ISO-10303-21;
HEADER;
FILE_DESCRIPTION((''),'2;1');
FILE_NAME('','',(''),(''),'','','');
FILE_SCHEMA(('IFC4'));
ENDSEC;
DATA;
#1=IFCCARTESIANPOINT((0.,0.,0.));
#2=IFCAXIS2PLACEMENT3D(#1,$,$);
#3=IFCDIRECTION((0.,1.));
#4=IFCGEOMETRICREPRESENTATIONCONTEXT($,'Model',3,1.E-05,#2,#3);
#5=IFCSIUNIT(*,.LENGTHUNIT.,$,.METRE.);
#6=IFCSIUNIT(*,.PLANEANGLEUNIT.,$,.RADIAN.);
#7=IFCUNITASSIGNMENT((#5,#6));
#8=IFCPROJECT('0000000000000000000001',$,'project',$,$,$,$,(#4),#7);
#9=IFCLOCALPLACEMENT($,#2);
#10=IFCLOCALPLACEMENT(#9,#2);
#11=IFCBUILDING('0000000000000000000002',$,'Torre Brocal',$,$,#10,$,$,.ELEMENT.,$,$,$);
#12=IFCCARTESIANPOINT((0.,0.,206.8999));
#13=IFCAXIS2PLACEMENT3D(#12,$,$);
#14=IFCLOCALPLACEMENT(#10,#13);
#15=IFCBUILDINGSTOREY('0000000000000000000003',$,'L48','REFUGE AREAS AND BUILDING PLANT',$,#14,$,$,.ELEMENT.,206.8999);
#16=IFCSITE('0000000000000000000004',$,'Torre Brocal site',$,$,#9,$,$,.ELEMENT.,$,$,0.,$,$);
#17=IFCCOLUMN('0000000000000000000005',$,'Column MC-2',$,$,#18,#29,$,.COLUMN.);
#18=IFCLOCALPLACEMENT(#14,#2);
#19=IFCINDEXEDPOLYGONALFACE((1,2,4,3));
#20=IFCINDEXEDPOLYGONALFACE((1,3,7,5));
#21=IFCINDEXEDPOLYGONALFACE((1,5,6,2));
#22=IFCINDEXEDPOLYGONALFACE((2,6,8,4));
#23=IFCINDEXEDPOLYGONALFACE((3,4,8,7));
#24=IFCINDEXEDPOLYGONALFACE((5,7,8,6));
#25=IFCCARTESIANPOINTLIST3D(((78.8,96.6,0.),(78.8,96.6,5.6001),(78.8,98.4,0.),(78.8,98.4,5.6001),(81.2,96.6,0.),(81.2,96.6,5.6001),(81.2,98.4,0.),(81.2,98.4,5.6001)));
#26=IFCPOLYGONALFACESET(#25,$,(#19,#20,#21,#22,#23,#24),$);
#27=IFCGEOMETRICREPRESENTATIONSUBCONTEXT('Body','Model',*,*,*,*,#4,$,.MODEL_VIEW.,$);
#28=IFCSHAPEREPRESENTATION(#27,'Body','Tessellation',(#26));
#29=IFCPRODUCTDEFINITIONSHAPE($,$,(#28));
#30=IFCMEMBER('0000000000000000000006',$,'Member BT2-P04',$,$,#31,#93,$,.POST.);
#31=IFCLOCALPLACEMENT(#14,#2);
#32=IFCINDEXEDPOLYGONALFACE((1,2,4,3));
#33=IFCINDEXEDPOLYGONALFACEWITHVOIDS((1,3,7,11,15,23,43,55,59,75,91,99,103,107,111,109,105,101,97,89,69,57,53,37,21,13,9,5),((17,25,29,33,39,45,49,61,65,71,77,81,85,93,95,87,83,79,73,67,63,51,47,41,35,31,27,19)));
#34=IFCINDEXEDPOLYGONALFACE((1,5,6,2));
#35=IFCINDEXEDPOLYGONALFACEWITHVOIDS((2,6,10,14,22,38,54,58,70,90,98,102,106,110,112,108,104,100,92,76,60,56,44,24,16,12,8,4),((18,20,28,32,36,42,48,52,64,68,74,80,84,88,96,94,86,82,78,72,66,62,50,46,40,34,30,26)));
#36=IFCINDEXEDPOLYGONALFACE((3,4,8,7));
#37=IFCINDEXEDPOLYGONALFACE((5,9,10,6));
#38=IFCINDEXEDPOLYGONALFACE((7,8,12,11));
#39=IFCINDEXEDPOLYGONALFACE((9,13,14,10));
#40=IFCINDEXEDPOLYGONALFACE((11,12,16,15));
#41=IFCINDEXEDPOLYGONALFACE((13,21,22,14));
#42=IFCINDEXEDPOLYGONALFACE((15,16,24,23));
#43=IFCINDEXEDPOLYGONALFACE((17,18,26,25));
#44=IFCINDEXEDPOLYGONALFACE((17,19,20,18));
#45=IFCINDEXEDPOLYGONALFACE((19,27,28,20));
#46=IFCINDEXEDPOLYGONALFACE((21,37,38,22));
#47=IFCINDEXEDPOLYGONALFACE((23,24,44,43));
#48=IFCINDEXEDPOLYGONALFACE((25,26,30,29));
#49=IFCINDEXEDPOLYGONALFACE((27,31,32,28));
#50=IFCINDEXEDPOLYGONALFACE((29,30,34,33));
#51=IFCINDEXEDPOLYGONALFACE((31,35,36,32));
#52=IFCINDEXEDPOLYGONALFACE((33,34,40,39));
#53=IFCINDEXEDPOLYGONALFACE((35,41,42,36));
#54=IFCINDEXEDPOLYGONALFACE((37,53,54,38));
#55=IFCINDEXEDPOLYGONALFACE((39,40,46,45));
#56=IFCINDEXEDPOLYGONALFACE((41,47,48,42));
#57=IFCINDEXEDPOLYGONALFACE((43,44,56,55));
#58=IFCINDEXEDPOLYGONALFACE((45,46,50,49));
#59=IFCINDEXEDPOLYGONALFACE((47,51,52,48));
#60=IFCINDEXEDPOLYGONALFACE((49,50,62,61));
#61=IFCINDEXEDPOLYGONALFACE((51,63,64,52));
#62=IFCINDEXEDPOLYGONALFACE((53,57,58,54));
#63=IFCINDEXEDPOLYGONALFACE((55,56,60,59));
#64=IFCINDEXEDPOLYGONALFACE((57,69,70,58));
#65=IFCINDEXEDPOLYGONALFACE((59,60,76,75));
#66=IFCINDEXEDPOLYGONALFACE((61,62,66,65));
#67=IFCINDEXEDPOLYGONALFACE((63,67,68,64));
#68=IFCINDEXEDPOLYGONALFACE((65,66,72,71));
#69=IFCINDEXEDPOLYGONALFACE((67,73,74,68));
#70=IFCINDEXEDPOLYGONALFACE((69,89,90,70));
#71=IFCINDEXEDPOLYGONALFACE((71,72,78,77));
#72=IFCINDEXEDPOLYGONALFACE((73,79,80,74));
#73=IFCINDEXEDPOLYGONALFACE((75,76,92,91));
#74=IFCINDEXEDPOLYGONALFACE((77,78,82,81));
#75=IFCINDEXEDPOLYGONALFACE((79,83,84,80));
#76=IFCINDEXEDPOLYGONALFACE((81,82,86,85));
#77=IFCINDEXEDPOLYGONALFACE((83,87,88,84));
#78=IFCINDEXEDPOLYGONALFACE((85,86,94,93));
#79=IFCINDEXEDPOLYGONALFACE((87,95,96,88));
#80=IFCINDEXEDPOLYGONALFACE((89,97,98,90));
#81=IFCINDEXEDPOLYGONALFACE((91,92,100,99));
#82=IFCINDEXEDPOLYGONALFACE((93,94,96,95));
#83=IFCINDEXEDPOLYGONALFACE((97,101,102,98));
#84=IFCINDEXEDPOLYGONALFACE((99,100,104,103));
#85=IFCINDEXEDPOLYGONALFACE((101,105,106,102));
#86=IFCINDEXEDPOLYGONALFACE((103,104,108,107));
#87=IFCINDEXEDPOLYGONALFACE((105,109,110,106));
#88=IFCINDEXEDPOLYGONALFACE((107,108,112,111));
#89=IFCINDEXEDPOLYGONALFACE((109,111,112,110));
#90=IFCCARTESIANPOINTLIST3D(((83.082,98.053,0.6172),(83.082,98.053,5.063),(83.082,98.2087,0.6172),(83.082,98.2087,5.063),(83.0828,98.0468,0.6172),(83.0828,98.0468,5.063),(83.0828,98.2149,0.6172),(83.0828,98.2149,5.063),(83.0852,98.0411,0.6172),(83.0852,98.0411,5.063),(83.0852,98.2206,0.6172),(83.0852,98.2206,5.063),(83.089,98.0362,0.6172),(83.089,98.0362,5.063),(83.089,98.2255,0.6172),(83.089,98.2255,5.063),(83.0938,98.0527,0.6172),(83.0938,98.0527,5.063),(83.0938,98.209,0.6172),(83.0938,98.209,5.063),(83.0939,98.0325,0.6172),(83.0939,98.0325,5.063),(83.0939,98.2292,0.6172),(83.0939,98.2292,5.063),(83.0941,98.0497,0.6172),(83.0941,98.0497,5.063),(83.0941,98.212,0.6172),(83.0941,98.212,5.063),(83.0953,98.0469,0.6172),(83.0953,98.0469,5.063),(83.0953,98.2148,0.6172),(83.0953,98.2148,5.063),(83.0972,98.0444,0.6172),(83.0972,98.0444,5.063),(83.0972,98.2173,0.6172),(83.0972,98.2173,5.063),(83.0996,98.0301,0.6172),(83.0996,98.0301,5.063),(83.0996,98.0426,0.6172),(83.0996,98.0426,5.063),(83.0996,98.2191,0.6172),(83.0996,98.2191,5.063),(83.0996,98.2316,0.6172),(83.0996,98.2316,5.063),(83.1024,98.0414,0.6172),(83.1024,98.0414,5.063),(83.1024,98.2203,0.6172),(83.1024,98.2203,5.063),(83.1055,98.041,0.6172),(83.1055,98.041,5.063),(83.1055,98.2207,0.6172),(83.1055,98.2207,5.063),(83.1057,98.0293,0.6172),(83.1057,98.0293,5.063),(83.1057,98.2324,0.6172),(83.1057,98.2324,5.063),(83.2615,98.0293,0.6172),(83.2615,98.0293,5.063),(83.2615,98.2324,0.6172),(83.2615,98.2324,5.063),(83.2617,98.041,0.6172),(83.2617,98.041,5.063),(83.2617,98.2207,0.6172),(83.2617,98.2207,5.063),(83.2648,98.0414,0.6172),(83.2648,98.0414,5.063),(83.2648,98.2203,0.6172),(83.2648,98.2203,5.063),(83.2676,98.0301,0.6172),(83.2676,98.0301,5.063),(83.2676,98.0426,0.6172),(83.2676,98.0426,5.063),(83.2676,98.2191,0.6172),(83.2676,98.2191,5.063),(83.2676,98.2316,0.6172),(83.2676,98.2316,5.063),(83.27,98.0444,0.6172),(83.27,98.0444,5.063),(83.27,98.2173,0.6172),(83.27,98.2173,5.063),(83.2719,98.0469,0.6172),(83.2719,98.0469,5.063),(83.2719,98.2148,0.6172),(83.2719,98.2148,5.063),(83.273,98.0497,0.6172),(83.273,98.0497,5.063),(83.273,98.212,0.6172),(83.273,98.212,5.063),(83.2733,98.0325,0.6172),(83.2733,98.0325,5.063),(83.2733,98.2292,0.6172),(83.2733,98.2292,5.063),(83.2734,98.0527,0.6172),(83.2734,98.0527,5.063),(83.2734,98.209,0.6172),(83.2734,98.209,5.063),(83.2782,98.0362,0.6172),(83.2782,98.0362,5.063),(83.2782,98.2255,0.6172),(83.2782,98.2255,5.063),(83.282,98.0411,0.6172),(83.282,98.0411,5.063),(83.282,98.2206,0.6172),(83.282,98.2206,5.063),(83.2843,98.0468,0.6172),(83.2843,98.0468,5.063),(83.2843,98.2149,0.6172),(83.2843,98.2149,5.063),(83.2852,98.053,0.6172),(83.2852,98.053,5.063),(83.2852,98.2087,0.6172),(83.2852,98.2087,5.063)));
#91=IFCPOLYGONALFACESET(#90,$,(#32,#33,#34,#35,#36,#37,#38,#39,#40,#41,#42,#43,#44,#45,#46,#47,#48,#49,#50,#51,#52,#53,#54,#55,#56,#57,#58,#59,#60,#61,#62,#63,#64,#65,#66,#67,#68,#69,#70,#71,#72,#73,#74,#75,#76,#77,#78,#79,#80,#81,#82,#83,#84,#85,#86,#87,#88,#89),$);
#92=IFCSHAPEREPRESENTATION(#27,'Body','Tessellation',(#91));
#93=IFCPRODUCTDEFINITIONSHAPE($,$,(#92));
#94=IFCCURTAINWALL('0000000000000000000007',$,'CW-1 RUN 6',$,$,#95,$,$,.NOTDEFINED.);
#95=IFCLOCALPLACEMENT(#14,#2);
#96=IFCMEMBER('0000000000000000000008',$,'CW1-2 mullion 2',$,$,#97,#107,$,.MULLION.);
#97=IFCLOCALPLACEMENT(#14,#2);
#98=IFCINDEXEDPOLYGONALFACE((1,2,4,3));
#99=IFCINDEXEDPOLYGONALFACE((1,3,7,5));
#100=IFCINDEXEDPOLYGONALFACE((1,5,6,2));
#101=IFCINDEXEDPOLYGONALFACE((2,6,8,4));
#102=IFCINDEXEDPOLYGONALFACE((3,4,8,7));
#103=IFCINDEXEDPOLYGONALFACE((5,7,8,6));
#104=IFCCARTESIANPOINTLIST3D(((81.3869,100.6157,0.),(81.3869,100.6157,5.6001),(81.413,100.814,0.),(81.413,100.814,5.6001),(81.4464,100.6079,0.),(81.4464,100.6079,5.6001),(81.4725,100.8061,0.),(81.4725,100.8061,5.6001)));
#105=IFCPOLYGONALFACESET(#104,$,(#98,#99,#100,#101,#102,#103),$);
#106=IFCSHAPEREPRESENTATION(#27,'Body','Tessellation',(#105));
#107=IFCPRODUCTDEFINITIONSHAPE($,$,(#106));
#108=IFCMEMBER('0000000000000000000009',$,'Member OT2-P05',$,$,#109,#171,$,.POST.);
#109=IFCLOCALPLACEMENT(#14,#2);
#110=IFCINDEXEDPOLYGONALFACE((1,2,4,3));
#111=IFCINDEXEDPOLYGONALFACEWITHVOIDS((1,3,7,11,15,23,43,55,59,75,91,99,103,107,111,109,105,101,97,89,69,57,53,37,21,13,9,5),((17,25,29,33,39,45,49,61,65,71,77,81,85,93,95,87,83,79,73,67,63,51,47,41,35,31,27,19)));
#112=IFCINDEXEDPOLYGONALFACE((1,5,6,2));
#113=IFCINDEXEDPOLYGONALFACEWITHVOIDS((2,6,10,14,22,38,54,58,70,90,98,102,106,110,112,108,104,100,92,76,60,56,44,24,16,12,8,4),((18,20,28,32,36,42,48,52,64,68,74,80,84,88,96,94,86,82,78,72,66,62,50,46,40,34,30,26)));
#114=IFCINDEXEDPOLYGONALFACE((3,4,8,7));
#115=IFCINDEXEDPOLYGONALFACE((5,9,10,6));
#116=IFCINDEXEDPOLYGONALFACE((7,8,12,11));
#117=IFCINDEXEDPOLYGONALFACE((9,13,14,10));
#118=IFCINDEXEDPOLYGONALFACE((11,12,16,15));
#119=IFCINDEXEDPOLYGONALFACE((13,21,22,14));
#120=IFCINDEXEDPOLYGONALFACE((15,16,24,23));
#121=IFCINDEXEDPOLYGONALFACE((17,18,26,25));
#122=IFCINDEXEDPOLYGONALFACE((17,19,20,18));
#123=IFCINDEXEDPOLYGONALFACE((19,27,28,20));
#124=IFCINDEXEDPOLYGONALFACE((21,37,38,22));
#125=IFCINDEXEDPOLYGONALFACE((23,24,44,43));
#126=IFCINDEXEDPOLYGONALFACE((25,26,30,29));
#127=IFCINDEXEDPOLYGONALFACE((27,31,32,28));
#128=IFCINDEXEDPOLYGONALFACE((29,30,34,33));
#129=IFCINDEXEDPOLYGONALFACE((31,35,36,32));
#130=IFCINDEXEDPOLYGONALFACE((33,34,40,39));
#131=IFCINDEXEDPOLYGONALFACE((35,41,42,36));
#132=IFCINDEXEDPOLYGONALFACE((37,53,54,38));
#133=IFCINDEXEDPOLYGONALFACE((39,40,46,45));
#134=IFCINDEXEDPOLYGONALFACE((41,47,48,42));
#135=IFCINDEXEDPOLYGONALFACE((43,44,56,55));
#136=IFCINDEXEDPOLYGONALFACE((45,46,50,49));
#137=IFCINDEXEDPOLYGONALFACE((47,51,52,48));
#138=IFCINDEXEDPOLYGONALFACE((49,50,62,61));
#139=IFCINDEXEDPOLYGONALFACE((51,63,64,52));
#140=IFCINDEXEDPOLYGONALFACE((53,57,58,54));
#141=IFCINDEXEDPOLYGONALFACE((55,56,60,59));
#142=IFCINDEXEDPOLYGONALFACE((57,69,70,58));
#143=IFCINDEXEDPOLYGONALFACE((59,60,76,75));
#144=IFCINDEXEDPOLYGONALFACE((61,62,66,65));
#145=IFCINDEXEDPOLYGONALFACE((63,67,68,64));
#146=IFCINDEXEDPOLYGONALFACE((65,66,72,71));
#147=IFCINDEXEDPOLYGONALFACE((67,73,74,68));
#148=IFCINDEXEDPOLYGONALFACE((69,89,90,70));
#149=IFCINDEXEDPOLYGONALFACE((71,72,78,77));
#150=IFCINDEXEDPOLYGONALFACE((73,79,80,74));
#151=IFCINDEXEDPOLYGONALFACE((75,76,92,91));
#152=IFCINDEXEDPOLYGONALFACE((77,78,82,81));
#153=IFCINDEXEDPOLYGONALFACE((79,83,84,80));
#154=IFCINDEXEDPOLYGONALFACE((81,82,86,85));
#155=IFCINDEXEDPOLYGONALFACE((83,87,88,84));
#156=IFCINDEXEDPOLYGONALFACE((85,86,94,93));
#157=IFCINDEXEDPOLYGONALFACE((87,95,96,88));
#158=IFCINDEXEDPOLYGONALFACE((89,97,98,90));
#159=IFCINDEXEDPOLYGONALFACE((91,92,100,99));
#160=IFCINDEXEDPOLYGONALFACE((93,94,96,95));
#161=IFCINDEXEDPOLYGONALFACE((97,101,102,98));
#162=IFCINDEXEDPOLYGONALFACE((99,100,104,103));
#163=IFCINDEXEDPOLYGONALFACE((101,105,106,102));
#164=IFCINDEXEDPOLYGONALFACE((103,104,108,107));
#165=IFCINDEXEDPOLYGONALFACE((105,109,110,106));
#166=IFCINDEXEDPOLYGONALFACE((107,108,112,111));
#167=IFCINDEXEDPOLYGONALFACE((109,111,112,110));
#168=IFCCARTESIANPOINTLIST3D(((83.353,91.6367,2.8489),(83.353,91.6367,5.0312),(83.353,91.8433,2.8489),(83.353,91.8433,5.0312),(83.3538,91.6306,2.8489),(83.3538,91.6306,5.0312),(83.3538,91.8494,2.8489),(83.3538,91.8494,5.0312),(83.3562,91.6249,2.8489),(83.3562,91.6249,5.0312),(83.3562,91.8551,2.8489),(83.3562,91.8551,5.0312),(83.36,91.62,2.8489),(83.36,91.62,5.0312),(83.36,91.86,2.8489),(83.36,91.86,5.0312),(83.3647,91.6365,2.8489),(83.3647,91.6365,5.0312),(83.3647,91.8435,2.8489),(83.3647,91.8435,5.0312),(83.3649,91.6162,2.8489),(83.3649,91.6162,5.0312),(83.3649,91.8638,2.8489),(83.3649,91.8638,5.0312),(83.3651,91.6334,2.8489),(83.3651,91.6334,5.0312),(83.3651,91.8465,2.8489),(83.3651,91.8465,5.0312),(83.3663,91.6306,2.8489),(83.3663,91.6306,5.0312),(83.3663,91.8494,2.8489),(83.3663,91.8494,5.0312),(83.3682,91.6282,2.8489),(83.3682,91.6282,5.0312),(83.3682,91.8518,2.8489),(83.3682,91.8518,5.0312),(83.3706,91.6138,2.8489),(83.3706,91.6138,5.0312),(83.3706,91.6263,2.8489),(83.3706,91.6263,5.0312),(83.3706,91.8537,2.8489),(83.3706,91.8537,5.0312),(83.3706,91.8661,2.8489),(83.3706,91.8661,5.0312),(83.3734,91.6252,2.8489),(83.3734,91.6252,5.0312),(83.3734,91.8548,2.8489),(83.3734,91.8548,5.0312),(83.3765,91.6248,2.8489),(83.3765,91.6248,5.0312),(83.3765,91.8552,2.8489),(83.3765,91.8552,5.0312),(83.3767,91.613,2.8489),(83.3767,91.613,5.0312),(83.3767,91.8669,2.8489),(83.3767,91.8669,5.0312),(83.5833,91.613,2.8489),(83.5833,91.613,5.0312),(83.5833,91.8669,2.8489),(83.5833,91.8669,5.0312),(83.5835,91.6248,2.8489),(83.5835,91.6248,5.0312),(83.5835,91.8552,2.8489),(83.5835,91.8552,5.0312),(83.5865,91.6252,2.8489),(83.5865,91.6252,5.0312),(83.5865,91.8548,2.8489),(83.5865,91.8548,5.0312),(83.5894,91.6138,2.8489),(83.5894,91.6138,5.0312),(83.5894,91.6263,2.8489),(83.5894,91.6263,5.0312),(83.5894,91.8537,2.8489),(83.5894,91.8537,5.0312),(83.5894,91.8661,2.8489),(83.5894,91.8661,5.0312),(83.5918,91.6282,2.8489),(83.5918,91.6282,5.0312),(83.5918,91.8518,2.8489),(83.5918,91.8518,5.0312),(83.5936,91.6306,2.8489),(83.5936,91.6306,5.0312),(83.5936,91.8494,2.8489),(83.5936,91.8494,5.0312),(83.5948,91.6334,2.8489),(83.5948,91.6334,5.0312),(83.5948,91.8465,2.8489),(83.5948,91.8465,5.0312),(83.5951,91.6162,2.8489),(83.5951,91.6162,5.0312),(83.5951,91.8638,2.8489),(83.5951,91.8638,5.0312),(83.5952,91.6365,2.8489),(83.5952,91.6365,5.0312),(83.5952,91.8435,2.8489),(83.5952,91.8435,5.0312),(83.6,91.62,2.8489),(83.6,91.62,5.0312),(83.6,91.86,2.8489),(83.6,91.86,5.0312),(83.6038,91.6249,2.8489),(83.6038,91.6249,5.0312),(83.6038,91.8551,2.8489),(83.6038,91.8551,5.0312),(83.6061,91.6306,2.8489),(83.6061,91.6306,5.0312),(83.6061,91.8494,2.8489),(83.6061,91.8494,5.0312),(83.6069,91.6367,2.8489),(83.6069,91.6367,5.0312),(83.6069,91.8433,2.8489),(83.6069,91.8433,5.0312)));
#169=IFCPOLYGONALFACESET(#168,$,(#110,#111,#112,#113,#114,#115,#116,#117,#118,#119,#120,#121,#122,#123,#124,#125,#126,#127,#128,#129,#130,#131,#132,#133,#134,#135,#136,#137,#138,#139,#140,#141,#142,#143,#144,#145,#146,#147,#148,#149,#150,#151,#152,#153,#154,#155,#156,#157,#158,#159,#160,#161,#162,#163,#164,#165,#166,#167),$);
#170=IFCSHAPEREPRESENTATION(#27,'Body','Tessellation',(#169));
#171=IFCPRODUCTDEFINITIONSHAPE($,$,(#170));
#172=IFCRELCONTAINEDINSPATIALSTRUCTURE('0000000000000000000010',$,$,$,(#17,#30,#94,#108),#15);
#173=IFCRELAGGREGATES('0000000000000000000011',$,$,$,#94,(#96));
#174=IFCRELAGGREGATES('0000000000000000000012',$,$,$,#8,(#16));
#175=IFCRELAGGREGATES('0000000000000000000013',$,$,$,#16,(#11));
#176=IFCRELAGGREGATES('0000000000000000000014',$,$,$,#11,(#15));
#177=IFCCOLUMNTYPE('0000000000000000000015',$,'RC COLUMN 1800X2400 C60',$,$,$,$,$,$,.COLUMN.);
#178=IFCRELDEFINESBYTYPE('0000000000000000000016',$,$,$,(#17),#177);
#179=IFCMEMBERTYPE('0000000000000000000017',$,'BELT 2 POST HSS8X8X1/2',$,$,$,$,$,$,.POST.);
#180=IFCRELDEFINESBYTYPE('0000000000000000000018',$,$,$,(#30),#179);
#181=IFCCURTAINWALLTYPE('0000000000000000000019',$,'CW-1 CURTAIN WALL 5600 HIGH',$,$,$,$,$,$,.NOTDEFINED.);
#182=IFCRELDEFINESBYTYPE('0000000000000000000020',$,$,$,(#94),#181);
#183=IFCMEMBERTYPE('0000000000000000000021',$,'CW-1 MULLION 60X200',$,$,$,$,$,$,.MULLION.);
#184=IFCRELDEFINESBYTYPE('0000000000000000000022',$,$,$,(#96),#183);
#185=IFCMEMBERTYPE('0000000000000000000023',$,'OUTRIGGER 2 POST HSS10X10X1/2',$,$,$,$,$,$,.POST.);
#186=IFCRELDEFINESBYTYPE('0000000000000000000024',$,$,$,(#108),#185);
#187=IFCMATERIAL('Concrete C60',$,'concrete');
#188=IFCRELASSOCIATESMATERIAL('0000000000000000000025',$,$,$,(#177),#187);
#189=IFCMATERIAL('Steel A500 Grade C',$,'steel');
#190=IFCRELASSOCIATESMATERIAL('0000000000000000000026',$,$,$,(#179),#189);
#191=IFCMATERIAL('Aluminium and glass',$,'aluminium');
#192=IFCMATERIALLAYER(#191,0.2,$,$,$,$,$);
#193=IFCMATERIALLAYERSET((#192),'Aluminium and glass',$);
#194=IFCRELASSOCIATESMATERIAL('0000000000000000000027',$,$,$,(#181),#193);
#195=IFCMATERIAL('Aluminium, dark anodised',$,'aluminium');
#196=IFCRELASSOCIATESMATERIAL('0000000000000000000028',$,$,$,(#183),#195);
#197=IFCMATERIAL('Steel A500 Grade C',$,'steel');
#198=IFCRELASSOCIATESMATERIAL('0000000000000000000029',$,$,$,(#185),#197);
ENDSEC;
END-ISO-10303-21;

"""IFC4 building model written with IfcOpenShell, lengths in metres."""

from ifc_helpers import new_model, si_unit, direction, frame, origin, origin_2d, place, context, subcontext, project, spatial, rectangle, hollow_rectangle, extrude, material, layer, layer_set, material_profile, profile_set, type_object, element, aggregate, save


model = new_model("IFC4")

# Units and contexts
model_context = context("Model", 3, precision=1e-05, world=origin(), true_north=direction((0.0, 1.0)))
body_context = subcontext(model_context, "Body", "Model", "MODEL_VIEW")
ifc_project = project(units=[si_unit("LENGTHUNIT", "METRE"), si_unit("PLANEANGLEUNIT", "RADIAN")], contexts=[model_context])

# Site, building, storey
site_placement = place(None, origin())
site = spatial("IfcSite", under=ifc_project, at=site_placement, Name="Torre Brocal site", CompositionType="ELEMENT", RefElevation=0.0)
building_placement = place(site_placement, origin())
building = spatial("IfcBuilding", under=site, at=building_placement, Name="Torre Brocal", CompositionType="ELEMENT")
storey_placement = place(building_placement, frame((0.0, 0.0, 206.8999)))
storey = spatial("IfcBuildingStorey", under=building, at=storey_placement, Name="L48", Description="REFUGE AREAS AND BUILDING PLANT", CompositionType="ELEMENT", Elevation=206.8999)

# Column
ifc_material_1 = material(Name="Concrete C60", Category="concrete")
ifc_material_profile_1 = material_profile(ifc_material_1, rectangle(XDim=1.8, YDim=2.3999, at=origin_2d()), Name="RC 1800X2400")
ifc_profile_set_1 = profile_set([ifc_material_profile_1], Name="Concrete C60")
column_type = type_object("IfcColumnType", Name="RC COLUMN 1800X2400 C60", PredefinedType="COLUMN", material=ifc_profile_set_1)
column_placement = place(storey_placement, frame((80.0, 97.5, 0.0), z_axis=(0.0, 0.0, 1.0), x_axis=(0.0, 1.0, 0.0)))
element("IfcColumn", 1, at=column_placement, inside=storey, type_object=column_type, Name="Column MC-2", PredefinedType="COLUMN", context=body_context, shape_type="SweptSolid", body=[
    extrude(rectangle(XDim=1.8, YDim=2.3999, at=origin_2d()), origin(), (0.0, 0.0, 1.0), 5.6001),
])

# Member
ifc_material_2 = material(Name="Steel A500 Grade C", Category="steel")
ifc_material_profile_2 = material_profile(ifc_material_2, hollow_rectangle(XDim=0.2031, YDim=0.2031, WallThickness=0.0117, InnerFilletRadius=0.0117, OuterFilletRadius=0.0237, at=origin_2d()), Name="HSS8X8X1/2")
ifc_profile_set_2 = profile_set([ifc_material_profile_2], Name="Steel A500 Grade C")
member_type_1 = type_object("IfcMemberType", Name="BELT 2 POST HSS8X8X1/2", PredefinedType="POST", material=ifc_profile_set_2)
member_1_placement = place(storey_placement, frame((83.1836, 98.1309, 0.6172), z_axis=(0.0, 0.0, 1.0), x_axis=(1.0, 0.0, 0.0)))
element("IfcMember", 2, at=member_1_placement, inside=storey, type_object=member_type_1, Name="Member BT2-P04", PredefinedType="POST", context=body_context, shape_type="SweptSolid", body=[
    extrude(hollow_rectangle(XDim=0.2031, YDim=0.2031, WallThickness=0.0117, InnerFilletRadius=0.0117, OuterFilletRadius=0.0237, at=origin_2d()), origin(), (0.0, 0.0, 1.0), 4.4458),
])

# Curtain wall, member
ifc_material_3 = material(Name="Aluminium and glass", Category="aluminium")
ifc_layer_1 = layer(ifc_material_3, 0.2)
ifc_layer_set_1 = layer_set([ifc_layer_1], Name="Aluminium and glass")
curtain_wall_type = type_object("IfcCurtainWallType", Name="CW-1 CURTAIN WALL 5600 HIGH", PredefinedType="NOTDEFINED", material=ifc_layer_set_1)
curtain_wall_placement = place(storey_placement, origin())
curtain_wall = element("IfcCurtainWall", 3, at=curtain_wall_placement, inside=storey, type_object=curtain_wall_type, Name="CW-1 RUN 6", PredefinedType="NOTDEFINED")
ifc_material_4 = material(Name="Aluminium, dark anodised", Category="aluminium")
ifc_material_profile_3 = material_profile(ifc_material_4, rectangle(XDim=0.2, YDim=0.0601, at=origin_2d()), Name="CW-1 MULLION 60X200")
ifc_profile_set_3 = profile_set([ifc_material_profile_3], Name="Aluminium, dark anodised")
member_type_2 = type_object("IfcMemberType", Name="CW-1 MULLION 60X200", PredefinedType="MULLION", material=ifc_profile_set_3)
member_2_placement = place(storey_placement, frame((81.4297, 100.7109, 0.0), z_axis=(0.0, 0.0, 1.0), x_axis=(-0.130526, -0.991445, 0.0)))
member_2 = element("IfcMember", 4, at=member_2_placement, type_object=member_type_2, Name="CW1-2 mullion 2", PredefinedType="MULLION", context=body_context, shape_type="SweptSolid", body=[
    extrude(rectangle(XDim=0.2, YDim=0.0601, at=origin_2d()), origin(), (0.0, 0.0, 1.0), 5.6001),
])
aggregate(curtain_wall, [member_2])

# Member
ifc_material_5 = material(Name="Steel A500 Grade C", Category="steel")
ifc_material_profile_4 = material_profile(ifc_material_5, hollow_rectangle(XDim=0.2539, YDim=0.2539, WallThickness=0.0117, InnerFilletRadius=0.0117, OuterFilletRadius=0.0237, at=origin_2d()), Name="HSS10X10X1/2")
ifc_profile_set_4 = profile_set([ifc_material_profile_4], Name="Steel A500 Grade C")
member_type_3 = type_object("IfcMemberType", Name="OUTRIGGER 2 POST HSS10X10X1/2", PredefinedType="POST", material=ifc_profile_set_4)
for number, where, z_axis, x_axis, name in (
    (5, (83.48, 91.74, 2.8489), (0.0, 0.0, 1.0), (1.0, 0.0, 0.0), "Member OT2-P05"),
):
    element("IfcMember", number, at=place(storey_placement, frame(where, z_axis=z_axis, x_axis=x_axis)), inside=storey, type_object=member_type_3, Name=name, PredefinedType="POST", context=body_context, shape_type="SweptSolid", body=[
        extrude(hollow_rectangle(XDim=0.2539, YDim=0.2539, WallThickness=0.0117, InnerFilletRadius=0.0117, OuterFilletRadius=0.0237, at=origin_2d()), origin(), (0.0, 0.0, 1.0), 2.1824),
    ])

save(model, "model.ifc")
